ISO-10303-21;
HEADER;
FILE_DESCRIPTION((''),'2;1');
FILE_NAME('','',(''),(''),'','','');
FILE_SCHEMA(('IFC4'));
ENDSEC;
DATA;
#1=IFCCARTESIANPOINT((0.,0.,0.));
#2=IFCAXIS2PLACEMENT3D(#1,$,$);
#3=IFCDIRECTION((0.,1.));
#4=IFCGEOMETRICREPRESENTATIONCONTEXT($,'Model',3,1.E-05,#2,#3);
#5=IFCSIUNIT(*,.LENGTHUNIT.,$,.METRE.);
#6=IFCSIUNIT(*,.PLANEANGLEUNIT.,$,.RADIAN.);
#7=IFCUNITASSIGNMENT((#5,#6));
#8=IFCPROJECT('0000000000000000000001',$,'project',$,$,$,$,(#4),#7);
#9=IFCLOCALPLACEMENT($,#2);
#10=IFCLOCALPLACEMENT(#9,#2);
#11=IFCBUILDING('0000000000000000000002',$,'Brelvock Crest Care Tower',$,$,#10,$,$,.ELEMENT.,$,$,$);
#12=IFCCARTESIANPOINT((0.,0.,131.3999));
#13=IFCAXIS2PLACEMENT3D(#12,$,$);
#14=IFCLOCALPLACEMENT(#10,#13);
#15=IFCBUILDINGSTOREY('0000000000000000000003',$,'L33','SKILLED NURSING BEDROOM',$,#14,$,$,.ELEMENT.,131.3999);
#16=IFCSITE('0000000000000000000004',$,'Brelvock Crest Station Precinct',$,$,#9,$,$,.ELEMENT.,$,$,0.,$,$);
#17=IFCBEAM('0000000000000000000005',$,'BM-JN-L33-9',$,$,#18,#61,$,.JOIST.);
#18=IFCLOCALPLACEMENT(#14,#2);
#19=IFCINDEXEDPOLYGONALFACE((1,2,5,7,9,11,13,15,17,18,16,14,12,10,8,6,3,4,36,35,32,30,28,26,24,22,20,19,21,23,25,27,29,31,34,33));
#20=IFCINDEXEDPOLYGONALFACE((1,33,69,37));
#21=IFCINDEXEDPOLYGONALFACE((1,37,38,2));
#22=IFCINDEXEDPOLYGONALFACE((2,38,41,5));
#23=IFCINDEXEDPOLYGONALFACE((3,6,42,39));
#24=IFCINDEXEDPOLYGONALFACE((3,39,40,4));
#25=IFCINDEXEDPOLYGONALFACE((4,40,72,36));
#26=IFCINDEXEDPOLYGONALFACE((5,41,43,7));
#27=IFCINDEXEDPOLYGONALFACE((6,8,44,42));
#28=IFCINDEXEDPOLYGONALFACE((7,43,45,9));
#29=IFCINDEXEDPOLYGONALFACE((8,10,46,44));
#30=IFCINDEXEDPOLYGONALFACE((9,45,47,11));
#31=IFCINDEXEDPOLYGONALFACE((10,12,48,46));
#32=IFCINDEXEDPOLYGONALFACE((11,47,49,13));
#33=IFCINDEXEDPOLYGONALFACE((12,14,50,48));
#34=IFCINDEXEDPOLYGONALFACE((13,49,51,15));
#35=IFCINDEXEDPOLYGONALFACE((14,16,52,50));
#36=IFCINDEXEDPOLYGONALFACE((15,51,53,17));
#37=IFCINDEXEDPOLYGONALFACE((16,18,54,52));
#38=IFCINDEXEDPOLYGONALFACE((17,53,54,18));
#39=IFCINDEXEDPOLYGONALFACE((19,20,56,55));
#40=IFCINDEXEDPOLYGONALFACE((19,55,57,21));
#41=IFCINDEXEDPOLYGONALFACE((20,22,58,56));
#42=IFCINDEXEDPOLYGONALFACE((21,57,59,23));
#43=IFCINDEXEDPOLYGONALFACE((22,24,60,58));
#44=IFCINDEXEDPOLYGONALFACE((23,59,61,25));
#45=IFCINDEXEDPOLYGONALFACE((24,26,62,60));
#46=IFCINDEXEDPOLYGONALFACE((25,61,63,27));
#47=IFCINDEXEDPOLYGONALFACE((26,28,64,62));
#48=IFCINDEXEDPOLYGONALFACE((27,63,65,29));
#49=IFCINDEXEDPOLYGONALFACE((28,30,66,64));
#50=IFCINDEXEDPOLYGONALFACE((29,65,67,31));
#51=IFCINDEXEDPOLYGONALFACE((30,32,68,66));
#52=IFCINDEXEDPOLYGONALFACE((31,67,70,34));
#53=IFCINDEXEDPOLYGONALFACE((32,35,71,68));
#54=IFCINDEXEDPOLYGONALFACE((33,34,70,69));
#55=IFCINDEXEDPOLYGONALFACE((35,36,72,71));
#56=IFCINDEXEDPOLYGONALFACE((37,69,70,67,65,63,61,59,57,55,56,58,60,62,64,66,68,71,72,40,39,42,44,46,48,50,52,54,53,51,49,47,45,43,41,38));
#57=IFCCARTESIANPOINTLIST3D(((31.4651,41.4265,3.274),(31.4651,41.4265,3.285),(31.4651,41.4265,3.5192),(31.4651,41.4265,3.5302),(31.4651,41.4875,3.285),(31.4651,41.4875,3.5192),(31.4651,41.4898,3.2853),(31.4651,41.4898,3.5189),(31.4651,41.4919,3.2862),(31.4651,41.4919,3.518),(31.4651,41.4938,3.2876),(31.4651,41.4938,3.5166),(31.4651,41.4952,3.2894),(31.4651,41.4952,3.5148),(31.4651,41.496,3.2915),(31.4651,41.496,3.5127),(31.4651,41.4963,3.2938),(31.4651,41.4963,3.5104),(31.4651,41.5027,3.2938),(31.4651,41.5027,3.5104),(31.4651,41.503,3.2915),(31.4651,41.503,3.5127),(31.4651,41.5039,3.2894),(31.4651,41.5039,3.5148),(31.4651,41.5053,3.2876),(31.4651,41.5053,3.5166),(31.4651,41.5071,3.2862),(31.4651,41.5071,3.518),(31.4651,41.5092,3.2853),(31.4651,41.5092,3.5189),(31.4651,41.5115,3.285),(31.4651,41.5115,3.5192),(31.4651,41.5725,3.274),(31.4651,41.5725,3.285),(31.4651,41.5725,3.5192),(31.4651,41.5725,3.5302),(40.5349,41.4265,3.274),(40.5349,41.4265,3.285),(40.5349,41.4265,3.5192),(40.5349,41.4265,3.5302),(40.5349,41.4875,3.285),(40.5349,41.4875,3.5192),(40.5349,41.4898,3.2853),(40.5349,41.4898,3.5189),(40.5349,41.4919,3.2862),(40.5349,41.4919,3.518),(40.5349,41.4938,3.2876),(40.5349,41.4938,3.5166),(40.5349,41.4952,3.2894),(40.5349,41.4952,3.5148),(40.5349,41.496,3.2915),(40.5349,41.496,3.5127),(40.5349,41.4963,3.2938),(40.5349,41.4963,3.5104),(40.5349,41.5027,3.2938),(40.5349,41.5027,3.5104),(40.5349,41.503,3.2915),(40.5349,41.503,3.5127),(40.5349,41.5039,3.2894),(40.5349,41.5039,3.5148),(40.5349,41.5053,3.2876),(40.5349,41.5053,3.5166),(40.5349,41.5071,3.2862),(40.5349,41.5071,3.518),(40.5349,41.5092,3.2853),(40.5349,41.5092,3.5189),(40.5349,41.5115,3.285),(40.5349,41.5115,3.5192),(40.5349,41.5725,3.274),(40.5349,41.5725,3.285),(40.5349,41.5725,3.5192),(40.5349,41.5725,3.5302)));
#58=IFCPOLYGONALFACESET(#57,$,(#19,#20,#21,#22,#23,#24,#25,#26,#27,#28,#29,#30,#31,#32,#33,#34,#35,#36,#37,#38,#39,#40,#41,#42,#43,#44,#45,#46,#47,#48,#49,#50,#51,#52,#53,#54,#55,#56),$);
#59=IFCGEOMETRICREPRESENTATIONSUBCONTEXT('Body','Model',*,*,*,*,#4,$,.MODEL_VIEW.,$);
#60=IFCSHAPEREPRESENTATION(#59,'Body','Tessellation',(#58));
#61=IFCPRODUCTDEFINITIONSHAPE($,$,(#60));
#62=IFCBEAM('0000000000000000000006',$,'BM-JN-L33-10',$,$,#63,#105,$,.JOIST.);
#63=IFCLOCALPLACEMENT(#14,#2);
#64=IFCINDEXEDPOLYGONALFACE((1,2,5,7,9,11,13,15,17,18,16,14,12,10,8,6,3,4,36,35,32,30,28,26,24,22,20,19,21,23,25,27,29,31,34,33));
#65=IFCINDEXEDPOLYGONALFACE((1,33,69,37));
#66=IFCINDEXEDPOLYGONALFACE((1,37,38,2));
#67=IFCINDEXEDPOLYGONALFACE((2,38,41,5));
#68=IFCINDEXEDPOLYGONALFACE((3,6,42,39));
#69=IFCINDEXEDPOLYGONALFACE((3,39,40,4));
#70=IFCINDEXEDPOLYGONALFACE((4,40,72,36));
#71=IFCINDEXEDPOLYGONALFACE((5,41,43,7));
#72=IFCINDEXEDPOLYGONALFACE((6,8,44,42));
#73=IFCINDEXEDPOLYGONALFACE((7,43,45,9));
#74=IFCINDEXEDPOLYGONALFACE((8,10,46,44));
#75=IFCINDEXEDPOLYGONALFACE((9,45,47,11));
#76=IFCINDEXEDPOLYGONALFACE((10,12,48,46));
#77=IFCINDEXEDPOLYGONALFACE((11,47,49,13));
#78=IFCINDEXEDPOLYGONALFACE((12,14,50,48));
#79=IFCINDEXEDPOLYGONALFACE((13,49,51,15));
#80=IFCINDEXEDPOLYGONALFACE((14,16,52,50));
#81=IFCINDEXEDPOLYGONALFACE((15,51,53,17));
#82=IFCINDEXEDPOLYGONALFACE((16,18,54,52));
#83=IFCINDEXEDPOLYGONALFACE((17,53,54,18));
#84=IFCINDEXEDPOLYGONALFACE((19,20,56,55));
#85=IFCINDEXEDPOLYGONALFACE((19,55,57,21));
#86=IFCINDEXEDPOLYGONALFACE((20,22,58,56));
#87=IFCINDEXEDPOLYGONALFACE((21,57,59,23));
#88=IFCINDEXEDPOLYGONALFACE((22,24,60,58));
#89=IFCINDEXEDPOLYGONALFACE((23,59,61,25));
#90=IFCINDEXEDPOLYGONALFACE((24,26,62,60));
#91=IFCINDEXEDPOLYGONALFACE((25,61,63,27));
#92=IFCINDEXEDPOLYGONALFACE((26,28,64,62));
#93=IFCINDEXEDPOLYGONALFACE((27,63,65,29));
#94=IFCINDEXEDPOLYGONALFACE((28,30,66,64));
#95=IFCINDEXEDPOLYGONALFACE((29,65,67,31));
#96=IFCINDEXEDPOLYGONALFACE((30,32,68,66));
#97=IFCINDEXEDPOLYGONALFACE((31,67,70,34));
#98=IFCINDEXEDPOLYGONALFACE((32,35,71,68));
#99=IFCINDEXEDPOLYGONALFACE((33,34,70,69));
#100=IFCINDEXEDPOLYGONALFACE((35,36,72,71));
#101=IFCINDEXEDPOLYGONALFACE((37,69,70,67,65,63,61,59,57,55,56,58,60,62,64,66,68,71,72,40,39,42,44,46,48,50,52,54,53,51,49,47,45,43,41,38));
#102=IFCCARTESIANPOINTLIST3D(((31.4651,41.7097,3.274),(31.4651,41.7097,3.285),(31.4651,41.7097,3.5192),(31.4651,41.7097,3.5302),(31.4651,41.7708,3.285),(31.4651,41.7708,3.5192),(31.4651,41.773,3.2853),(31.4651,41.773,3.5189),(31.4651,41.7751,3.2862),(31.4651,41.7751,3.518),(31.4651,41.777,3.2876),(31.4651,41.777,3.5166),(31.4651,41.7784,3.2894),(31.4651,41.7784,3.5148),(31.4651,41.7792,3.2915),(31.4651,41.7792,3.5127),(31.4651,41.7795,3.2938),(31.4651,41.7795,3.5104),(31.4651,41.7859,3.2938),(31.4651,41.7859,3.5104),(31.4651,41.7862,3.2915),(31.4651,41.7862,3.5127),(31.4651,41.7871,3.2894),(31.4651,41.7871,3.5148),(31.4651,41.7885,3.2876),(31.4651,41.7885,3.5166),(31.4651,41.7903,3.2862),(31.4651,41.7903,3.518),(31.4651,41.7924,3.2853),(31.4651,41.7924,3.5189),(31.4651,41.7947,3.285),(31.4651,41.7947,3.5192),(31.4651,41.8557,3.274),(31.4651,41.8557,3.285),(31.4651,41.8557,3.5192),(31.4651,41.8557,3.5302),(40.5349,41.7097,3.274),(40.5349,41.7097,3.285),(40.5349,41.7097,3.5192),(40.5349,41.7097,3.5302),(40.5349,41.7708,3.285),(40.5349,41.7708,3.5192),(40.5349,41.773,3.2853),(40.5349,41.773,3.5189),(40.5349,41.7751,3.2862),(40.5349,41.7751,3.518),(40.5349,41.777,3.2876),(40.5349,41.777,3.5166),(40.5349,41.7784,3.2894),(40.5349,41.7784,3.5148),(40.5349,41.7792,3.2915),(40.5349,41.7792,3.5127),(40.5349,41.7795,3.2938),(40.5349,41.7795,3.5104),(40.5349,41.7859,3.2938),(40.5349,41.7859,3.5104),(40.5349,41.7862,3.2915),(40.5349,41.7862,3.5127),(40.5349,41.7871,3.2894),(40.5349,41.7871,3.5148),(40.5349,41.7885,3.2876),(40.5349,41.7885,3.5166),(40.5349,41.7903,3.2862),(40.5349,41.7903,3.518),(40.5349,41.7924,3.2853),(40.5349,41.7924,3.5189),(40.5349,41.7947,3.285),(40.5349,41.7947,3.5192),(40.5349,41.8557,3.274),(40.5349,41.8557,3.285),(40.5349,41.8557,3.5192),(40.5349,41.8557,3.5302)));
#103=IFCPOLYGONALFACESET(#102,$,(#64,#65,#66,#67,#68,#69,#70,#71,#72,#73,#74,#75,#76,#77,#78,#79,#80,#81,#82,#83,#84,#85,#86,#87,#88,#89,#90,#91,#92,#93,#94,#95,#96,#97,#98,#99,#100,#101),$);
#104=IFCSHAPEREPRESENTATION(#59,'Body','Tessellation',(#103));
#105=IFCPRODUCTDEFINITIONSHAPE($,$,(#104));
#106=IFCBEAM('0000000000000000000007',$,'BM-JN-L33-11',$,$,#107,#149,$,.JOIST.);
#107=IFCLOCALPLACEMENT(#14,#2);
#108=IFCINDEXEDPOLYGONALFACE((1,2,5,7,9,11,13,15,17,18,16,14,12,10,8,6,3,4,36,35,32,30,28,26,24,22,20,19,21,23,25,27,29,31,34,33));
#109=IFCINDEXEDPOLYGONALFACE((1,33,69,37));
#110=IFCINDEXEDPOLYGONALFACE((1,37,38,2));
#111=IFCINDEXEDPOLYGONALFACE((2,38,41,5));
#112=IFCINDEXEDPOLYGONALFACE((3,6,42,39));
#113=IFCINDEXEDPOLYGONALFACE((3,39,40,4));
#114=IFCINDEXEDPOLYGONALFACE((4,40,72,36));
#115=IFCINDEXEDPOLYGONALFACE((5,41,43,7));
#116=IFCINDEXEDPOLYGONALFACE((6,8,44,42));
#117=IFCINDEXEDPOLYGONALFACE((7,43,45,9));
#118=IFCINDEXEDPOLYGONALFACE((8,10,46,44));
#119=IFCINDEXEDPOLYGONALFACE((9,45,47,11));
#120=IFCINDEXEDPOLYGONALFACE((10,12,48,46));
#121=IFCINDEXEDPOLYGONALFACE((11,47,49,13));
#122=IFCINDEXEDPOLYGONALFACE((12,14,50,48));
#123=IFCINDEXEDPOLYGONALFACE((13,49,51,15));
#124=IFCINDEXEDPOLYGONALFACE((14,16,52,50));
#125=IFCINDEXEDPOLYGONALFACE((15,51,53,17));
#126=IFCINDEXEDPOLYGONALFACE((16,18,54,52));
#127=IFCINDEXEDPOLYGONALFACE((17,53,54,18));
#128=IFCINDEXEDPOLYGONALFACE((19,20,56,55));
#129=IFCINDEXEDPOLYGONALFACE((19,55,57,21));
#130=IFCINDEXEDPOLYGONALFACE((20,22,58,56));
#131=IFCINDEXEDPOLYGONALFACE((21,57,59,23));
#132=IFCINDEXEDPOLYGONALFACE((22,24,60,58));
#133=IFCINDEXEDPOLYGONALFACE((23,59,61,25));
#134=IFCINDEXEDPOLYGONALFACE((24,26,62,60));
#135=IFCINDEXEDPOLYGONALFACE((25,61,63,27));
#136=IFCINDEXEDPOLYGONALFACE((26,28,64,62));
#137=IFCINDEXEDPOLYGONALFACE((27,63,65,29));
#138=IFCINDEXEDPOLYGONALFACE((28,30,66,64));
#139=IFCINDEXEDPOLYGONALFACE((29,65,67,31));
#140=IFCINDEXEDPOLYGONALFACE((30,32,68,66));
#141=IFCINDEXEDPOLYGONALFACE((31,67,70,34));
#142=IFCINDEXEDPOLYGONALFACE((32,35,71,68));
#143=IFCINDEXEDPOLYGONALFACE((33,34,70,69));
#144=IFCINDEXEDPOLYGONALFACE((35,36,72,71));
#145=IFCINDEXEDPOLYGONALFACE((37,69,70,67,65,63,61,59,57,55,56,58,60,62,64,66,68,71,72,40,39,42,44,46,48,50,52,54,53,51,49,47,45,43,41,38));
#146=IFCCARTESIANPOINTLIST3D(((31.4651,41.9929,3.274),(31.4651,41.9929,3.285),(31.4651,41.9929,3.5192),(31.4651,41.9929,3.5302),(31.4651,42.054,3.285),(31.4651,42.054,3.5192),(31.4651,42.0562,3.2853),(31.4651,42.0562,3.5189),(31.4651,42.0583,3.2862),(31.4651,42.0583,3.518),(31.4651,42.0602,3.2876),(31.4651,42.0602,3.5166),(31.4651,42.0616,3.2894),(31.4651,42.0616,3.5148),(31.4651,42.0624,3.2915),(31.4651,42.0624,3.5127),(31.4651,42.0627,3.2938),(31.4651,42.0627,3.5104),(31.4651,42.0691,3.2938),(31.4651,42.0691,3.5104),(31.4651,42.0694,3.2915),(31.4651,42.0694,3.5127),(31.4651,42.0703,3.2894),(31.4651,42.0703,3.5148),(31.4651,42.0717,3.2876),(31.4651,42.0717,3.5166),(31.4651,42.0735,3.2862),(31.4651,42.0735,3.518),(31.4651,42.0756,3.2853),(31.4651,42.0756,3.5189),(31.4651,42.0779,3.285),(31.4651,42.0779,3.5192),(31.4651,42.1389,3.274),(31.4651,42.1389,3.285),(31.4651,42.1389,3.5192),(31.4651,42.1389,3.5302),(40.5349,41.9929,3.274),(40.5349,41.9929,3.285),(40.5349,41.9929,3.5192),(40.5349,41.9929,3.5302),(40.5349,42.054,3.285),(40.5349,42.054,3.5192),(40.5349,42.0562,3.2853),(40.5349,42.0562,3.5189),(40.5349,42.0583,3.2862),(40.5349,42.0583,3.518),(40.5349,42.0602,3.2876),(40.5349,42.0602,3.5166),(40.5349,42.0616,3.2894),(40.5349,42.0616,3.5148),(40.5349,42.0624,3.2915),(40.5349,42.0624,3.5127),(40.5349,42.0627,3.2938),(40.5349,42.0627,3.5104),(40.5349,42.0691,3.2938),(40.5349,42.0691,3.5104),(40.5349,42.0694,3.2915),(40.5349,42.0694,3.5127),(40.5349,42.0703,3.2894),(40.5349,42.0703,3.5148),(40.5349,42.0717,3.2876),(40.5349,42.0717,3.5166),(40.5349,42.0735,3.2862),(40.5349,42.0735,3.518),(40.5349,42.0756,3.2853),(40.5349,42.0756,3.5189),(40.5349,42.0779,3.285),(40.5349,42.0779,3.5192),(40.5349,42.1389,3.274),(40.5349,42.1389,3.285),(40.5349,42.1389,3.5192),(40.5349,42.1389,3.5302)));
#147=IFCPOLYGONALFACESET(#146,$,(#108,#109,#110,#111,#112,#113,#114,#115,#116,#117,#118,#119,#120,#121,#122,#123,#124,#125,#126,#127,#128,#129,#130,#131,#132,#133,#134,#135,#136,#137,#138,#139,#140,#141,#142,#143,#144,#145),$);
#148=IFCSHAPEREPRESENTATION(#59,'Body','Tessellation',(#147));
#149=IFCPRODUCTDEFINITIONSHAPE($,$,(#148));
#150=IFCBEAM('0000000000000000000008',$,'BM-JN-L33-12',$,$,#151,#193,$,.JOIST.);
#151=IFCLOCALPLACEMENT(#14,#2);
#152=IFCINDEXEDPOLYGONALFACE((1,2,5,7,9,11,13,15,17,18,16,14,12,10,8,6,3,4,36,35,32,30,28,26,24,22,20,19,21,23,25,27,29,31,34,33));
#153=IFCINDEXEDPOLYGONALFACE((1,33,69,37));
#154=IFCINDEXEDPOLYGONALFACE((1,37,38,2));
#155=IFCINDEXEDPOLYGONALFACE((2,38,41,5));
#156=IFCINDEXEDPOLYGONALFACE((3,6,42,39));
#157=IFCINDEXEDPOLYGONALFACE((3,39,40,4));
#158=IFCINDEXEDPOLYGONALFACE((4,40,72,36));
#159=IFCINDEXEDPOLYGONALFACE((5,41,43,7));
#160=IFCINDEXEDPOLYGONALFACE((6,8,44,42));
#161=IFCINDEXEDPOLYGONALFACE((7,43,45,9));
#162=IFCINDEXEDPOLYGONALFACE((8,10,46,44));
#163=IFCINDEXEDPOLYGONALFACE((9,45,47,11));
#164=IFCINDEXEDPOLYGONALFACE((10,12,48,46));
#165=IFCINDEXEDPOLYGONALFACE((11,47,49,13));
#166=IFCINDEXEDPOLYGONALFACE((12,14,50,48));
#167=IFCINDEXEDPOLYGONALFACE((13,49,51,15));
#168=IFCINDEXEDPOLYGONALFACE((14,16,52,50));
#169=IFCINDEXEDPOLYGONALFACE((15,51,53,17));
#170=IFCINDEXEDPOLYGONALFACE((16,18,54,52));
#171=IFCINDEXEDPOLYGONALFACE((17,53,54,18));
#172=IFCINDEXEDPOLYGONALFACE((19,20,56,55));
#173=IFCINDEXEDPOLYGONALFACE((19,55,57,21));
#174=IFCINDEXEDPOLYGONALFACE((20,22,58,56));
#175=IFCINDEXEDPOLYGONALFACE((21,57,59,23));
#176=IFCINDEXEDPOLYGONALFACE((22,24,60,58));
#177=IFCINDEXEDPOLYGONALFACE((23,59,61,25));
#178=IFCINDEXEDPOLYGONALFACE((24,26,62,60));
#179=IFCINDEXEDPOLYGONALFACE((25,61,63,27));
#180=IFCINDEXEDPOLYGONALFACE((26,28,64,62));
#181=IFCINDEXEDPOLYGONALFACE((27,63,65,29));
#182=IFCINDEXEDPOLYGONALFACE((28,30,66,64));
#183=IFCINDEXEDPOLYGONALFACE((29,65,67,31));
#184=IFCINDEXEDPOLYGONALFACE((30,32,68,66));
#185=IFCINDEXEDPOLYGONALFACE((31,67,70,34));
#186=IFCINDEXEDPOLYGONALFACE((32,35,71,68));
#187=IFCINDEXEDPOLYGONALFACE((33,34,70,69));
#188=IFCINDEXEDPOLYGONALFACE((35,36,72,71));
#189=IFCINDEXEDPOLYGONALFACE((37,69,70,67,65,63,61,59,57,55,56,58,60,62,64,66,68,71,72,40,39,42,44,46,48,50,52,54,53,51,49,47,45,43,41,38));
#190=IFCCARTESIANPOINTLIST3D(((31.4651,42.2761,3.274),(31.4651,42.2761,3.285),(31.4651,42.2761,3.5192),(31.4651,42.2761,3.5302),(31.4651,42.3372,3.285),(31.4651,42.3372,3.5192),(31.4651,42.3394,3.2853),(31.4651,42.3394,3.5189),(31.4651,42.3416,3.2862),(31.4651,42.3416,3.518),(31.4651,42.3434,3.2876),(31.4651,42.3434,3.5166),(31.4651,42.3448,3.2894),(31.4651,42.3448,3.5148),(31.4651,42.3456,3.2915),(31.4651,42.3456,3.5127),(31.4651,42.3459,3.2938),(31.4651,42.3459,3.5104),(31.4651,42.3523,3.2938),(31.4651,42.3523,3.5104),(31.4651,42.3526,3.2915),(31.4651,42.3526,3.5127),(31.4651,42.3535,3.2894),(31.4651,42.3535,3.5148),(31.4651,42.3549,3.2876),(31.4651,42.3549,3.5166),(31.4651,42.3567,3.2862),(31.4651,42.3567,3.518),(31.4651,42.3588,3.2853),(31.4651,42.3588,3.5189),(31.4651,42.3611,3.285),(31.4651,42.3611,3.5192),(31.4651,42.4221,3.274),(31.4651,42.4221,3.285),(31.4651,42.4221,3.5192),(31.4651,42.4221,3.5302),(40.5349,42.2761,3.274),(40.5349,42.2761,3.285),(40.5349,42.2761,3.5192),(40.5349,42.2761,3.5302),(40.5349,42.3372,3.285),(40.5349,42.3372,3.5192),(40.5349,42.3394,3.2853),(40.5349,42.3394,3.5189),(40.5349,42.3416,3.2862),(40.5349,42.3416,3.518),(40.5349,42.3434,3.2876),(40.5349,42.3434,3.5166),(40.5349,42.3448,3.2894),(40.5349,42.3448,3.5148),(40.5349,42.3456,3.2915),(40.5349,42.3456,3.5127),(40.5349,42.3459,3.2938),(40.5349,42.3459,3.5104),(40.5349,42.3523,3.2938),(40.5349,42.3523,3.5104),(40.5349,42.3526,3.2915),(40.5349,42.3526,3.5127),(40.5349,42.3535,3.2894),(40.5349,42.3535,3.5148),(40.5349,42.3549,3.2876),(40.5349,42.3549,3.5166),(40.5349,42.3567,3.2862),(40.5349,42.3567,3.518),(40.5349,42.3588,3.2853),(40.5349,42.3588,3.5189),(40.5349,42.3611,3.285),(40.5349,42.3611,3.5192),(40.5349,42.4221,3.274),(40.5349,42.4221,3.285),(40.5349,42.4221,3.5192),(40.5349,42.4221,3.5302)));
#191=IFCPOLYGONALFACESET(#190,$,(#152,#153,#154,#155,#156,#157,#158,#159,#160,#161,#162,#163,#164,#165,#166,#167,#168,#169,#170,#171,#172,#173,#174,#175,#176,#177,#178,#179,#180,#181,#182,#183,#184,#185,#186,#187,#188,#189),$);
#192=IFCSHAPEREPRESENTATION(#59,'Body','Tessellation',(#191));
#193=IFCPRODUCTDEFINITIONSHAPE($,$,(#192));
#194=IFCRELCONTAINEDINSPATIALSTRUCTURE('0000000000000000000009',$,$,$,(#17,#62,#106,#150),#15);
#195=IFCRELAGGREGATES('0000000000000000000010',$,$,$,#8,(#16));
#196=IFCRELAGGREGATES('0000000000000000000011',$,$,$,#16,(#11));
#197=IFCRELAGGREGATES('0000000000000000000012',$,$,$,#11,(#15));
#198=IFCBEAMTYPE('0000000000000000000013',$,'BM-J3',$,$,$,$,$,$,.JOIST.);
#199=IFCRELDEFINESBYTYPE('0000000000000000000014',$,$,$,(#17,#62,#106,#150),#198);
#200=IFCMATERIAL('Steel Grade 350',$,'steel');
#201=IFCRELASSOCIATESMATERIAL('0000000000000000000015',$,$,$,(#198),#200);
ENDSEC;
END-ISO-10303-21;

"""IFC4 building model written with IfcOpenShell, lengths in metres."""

from ifc_helpers import new_model, si_unit, direction, frame, origin, origin_2d, place, context, subcontext, project, spatial, i_section, extrude, source, transform, mapped, material, material_profile, profile_set, type_object, element, save


model = new_model("IFC4")

# Units and contexts
model_context = context("Model", 3, precision=1e-05, world=origin(), true_north=direction((0.0, 1.0)))
body_context = subcontext(model_context, "Body", "Model", "MODEL_VIEW")
ifc_project = project(units=[si_unit("LENGTHUNIT", "METRE"), si_unit("PLANEANGLEUNIT", "RADIAN")], contexts=[model_context])

# Site, building, storey
site_placement = place(None, origin())
site = spatial("IfcSite", under=ifc_project, at=site_placement, Name="Brelvock Crest Station Precinct", CompositionType="ELEMENT", RefElevation=0.0)
building_placement = place(site_placement, origin())
building = spatial("IfcBuilding", under=site, at=building_placement, Name="Brelvock Crest Care Tower", CompositionType="ELEMENT")
storey_placement = place(building_placement, frame((0.0, 0.0, 131.3999)))
storey = spatial("IfcBuildingStorey", under=building, at=storey_placement, Name="L33", Description="SKILLED NURSING BEDROOM", CompositionType="ELEMENT", Elevation=131.3999)

# Shared definitions
ifc_material_1 = material(Name="Steel Grade 350", Category="steel")

# Beams
ifc_material_profile_1 = material_profile(ifc_material_1, i_section(OverallWidth=0.146, OverallDepth=0.2561, WebThickness=0.0063, FlangeThickness=0.011, FilletRadius=0.0088, at=origin_2d()), Name="250UB37.3")
ifc_profile_set_1 = profile_set([ifc_material_profile_1], Name="Steel Grade 350")
beam_type_1 = type_object("IfcBeamType", Name="BM-J3", PredefinedType="JOIST", material=ifc_profile_set_1)
shared_shape_1 = source(origin(), body_context, "Body", "SweptSolid", [
    extrude(i_section(OverallWidth=0.146, OverallDepth=0.2561, WebThickness=0.0063, FlangeThickness=0.011, FilletRadius=0.0088, at=origin_2d()), origin(), (0.0, 0.0, 1.0), 9.0698),
])
for number, where, z_axis, x_axis, name in (
    (1, (31.4651, 41.4995, 3.4021), (1.0, 0.0, 0.0), (0.0, 1.0, 0.0), "BM-JN-L33-9"),
    (2, (31.4651, 41.7827, 3.4021), (1.0, 0.0, 0.0), (0.0, 1.0, 0.0), "BM-JN-L33-10"),
    (3, (31.4651, 42.0659, 3.4021), (1.0, 0.0, 0.0), (0.0, 1.0, 0.0), "BM-JN-L33-11"),
    (4, (31.4651, 42.3491, 3.4021), (1.0, 0.0, 0.0), (0.0, 1.0, 0.0), "BM-JN-L33-12"),
):
    element("IfcBeam", number, at=place(storey_placement, frame(where, z_axis=z_axis, x_axis=x_axis)), inside=storey, type_object=beam_type_1, Name=name, PredefinedType="JOIST", context=body_context, shape_type="MappedRepresentation", body=[
        mapped(shared_shape_1, transform((0.0, 0.0, 0.0), x_axis=(1.0, 0.0, 0.0), y_axis=(0.0, 1.0, 0.0), z_axis=(0.0, 0.0, 1.0), scale=1.0)),
    ])

save(model, "model.ifc")
